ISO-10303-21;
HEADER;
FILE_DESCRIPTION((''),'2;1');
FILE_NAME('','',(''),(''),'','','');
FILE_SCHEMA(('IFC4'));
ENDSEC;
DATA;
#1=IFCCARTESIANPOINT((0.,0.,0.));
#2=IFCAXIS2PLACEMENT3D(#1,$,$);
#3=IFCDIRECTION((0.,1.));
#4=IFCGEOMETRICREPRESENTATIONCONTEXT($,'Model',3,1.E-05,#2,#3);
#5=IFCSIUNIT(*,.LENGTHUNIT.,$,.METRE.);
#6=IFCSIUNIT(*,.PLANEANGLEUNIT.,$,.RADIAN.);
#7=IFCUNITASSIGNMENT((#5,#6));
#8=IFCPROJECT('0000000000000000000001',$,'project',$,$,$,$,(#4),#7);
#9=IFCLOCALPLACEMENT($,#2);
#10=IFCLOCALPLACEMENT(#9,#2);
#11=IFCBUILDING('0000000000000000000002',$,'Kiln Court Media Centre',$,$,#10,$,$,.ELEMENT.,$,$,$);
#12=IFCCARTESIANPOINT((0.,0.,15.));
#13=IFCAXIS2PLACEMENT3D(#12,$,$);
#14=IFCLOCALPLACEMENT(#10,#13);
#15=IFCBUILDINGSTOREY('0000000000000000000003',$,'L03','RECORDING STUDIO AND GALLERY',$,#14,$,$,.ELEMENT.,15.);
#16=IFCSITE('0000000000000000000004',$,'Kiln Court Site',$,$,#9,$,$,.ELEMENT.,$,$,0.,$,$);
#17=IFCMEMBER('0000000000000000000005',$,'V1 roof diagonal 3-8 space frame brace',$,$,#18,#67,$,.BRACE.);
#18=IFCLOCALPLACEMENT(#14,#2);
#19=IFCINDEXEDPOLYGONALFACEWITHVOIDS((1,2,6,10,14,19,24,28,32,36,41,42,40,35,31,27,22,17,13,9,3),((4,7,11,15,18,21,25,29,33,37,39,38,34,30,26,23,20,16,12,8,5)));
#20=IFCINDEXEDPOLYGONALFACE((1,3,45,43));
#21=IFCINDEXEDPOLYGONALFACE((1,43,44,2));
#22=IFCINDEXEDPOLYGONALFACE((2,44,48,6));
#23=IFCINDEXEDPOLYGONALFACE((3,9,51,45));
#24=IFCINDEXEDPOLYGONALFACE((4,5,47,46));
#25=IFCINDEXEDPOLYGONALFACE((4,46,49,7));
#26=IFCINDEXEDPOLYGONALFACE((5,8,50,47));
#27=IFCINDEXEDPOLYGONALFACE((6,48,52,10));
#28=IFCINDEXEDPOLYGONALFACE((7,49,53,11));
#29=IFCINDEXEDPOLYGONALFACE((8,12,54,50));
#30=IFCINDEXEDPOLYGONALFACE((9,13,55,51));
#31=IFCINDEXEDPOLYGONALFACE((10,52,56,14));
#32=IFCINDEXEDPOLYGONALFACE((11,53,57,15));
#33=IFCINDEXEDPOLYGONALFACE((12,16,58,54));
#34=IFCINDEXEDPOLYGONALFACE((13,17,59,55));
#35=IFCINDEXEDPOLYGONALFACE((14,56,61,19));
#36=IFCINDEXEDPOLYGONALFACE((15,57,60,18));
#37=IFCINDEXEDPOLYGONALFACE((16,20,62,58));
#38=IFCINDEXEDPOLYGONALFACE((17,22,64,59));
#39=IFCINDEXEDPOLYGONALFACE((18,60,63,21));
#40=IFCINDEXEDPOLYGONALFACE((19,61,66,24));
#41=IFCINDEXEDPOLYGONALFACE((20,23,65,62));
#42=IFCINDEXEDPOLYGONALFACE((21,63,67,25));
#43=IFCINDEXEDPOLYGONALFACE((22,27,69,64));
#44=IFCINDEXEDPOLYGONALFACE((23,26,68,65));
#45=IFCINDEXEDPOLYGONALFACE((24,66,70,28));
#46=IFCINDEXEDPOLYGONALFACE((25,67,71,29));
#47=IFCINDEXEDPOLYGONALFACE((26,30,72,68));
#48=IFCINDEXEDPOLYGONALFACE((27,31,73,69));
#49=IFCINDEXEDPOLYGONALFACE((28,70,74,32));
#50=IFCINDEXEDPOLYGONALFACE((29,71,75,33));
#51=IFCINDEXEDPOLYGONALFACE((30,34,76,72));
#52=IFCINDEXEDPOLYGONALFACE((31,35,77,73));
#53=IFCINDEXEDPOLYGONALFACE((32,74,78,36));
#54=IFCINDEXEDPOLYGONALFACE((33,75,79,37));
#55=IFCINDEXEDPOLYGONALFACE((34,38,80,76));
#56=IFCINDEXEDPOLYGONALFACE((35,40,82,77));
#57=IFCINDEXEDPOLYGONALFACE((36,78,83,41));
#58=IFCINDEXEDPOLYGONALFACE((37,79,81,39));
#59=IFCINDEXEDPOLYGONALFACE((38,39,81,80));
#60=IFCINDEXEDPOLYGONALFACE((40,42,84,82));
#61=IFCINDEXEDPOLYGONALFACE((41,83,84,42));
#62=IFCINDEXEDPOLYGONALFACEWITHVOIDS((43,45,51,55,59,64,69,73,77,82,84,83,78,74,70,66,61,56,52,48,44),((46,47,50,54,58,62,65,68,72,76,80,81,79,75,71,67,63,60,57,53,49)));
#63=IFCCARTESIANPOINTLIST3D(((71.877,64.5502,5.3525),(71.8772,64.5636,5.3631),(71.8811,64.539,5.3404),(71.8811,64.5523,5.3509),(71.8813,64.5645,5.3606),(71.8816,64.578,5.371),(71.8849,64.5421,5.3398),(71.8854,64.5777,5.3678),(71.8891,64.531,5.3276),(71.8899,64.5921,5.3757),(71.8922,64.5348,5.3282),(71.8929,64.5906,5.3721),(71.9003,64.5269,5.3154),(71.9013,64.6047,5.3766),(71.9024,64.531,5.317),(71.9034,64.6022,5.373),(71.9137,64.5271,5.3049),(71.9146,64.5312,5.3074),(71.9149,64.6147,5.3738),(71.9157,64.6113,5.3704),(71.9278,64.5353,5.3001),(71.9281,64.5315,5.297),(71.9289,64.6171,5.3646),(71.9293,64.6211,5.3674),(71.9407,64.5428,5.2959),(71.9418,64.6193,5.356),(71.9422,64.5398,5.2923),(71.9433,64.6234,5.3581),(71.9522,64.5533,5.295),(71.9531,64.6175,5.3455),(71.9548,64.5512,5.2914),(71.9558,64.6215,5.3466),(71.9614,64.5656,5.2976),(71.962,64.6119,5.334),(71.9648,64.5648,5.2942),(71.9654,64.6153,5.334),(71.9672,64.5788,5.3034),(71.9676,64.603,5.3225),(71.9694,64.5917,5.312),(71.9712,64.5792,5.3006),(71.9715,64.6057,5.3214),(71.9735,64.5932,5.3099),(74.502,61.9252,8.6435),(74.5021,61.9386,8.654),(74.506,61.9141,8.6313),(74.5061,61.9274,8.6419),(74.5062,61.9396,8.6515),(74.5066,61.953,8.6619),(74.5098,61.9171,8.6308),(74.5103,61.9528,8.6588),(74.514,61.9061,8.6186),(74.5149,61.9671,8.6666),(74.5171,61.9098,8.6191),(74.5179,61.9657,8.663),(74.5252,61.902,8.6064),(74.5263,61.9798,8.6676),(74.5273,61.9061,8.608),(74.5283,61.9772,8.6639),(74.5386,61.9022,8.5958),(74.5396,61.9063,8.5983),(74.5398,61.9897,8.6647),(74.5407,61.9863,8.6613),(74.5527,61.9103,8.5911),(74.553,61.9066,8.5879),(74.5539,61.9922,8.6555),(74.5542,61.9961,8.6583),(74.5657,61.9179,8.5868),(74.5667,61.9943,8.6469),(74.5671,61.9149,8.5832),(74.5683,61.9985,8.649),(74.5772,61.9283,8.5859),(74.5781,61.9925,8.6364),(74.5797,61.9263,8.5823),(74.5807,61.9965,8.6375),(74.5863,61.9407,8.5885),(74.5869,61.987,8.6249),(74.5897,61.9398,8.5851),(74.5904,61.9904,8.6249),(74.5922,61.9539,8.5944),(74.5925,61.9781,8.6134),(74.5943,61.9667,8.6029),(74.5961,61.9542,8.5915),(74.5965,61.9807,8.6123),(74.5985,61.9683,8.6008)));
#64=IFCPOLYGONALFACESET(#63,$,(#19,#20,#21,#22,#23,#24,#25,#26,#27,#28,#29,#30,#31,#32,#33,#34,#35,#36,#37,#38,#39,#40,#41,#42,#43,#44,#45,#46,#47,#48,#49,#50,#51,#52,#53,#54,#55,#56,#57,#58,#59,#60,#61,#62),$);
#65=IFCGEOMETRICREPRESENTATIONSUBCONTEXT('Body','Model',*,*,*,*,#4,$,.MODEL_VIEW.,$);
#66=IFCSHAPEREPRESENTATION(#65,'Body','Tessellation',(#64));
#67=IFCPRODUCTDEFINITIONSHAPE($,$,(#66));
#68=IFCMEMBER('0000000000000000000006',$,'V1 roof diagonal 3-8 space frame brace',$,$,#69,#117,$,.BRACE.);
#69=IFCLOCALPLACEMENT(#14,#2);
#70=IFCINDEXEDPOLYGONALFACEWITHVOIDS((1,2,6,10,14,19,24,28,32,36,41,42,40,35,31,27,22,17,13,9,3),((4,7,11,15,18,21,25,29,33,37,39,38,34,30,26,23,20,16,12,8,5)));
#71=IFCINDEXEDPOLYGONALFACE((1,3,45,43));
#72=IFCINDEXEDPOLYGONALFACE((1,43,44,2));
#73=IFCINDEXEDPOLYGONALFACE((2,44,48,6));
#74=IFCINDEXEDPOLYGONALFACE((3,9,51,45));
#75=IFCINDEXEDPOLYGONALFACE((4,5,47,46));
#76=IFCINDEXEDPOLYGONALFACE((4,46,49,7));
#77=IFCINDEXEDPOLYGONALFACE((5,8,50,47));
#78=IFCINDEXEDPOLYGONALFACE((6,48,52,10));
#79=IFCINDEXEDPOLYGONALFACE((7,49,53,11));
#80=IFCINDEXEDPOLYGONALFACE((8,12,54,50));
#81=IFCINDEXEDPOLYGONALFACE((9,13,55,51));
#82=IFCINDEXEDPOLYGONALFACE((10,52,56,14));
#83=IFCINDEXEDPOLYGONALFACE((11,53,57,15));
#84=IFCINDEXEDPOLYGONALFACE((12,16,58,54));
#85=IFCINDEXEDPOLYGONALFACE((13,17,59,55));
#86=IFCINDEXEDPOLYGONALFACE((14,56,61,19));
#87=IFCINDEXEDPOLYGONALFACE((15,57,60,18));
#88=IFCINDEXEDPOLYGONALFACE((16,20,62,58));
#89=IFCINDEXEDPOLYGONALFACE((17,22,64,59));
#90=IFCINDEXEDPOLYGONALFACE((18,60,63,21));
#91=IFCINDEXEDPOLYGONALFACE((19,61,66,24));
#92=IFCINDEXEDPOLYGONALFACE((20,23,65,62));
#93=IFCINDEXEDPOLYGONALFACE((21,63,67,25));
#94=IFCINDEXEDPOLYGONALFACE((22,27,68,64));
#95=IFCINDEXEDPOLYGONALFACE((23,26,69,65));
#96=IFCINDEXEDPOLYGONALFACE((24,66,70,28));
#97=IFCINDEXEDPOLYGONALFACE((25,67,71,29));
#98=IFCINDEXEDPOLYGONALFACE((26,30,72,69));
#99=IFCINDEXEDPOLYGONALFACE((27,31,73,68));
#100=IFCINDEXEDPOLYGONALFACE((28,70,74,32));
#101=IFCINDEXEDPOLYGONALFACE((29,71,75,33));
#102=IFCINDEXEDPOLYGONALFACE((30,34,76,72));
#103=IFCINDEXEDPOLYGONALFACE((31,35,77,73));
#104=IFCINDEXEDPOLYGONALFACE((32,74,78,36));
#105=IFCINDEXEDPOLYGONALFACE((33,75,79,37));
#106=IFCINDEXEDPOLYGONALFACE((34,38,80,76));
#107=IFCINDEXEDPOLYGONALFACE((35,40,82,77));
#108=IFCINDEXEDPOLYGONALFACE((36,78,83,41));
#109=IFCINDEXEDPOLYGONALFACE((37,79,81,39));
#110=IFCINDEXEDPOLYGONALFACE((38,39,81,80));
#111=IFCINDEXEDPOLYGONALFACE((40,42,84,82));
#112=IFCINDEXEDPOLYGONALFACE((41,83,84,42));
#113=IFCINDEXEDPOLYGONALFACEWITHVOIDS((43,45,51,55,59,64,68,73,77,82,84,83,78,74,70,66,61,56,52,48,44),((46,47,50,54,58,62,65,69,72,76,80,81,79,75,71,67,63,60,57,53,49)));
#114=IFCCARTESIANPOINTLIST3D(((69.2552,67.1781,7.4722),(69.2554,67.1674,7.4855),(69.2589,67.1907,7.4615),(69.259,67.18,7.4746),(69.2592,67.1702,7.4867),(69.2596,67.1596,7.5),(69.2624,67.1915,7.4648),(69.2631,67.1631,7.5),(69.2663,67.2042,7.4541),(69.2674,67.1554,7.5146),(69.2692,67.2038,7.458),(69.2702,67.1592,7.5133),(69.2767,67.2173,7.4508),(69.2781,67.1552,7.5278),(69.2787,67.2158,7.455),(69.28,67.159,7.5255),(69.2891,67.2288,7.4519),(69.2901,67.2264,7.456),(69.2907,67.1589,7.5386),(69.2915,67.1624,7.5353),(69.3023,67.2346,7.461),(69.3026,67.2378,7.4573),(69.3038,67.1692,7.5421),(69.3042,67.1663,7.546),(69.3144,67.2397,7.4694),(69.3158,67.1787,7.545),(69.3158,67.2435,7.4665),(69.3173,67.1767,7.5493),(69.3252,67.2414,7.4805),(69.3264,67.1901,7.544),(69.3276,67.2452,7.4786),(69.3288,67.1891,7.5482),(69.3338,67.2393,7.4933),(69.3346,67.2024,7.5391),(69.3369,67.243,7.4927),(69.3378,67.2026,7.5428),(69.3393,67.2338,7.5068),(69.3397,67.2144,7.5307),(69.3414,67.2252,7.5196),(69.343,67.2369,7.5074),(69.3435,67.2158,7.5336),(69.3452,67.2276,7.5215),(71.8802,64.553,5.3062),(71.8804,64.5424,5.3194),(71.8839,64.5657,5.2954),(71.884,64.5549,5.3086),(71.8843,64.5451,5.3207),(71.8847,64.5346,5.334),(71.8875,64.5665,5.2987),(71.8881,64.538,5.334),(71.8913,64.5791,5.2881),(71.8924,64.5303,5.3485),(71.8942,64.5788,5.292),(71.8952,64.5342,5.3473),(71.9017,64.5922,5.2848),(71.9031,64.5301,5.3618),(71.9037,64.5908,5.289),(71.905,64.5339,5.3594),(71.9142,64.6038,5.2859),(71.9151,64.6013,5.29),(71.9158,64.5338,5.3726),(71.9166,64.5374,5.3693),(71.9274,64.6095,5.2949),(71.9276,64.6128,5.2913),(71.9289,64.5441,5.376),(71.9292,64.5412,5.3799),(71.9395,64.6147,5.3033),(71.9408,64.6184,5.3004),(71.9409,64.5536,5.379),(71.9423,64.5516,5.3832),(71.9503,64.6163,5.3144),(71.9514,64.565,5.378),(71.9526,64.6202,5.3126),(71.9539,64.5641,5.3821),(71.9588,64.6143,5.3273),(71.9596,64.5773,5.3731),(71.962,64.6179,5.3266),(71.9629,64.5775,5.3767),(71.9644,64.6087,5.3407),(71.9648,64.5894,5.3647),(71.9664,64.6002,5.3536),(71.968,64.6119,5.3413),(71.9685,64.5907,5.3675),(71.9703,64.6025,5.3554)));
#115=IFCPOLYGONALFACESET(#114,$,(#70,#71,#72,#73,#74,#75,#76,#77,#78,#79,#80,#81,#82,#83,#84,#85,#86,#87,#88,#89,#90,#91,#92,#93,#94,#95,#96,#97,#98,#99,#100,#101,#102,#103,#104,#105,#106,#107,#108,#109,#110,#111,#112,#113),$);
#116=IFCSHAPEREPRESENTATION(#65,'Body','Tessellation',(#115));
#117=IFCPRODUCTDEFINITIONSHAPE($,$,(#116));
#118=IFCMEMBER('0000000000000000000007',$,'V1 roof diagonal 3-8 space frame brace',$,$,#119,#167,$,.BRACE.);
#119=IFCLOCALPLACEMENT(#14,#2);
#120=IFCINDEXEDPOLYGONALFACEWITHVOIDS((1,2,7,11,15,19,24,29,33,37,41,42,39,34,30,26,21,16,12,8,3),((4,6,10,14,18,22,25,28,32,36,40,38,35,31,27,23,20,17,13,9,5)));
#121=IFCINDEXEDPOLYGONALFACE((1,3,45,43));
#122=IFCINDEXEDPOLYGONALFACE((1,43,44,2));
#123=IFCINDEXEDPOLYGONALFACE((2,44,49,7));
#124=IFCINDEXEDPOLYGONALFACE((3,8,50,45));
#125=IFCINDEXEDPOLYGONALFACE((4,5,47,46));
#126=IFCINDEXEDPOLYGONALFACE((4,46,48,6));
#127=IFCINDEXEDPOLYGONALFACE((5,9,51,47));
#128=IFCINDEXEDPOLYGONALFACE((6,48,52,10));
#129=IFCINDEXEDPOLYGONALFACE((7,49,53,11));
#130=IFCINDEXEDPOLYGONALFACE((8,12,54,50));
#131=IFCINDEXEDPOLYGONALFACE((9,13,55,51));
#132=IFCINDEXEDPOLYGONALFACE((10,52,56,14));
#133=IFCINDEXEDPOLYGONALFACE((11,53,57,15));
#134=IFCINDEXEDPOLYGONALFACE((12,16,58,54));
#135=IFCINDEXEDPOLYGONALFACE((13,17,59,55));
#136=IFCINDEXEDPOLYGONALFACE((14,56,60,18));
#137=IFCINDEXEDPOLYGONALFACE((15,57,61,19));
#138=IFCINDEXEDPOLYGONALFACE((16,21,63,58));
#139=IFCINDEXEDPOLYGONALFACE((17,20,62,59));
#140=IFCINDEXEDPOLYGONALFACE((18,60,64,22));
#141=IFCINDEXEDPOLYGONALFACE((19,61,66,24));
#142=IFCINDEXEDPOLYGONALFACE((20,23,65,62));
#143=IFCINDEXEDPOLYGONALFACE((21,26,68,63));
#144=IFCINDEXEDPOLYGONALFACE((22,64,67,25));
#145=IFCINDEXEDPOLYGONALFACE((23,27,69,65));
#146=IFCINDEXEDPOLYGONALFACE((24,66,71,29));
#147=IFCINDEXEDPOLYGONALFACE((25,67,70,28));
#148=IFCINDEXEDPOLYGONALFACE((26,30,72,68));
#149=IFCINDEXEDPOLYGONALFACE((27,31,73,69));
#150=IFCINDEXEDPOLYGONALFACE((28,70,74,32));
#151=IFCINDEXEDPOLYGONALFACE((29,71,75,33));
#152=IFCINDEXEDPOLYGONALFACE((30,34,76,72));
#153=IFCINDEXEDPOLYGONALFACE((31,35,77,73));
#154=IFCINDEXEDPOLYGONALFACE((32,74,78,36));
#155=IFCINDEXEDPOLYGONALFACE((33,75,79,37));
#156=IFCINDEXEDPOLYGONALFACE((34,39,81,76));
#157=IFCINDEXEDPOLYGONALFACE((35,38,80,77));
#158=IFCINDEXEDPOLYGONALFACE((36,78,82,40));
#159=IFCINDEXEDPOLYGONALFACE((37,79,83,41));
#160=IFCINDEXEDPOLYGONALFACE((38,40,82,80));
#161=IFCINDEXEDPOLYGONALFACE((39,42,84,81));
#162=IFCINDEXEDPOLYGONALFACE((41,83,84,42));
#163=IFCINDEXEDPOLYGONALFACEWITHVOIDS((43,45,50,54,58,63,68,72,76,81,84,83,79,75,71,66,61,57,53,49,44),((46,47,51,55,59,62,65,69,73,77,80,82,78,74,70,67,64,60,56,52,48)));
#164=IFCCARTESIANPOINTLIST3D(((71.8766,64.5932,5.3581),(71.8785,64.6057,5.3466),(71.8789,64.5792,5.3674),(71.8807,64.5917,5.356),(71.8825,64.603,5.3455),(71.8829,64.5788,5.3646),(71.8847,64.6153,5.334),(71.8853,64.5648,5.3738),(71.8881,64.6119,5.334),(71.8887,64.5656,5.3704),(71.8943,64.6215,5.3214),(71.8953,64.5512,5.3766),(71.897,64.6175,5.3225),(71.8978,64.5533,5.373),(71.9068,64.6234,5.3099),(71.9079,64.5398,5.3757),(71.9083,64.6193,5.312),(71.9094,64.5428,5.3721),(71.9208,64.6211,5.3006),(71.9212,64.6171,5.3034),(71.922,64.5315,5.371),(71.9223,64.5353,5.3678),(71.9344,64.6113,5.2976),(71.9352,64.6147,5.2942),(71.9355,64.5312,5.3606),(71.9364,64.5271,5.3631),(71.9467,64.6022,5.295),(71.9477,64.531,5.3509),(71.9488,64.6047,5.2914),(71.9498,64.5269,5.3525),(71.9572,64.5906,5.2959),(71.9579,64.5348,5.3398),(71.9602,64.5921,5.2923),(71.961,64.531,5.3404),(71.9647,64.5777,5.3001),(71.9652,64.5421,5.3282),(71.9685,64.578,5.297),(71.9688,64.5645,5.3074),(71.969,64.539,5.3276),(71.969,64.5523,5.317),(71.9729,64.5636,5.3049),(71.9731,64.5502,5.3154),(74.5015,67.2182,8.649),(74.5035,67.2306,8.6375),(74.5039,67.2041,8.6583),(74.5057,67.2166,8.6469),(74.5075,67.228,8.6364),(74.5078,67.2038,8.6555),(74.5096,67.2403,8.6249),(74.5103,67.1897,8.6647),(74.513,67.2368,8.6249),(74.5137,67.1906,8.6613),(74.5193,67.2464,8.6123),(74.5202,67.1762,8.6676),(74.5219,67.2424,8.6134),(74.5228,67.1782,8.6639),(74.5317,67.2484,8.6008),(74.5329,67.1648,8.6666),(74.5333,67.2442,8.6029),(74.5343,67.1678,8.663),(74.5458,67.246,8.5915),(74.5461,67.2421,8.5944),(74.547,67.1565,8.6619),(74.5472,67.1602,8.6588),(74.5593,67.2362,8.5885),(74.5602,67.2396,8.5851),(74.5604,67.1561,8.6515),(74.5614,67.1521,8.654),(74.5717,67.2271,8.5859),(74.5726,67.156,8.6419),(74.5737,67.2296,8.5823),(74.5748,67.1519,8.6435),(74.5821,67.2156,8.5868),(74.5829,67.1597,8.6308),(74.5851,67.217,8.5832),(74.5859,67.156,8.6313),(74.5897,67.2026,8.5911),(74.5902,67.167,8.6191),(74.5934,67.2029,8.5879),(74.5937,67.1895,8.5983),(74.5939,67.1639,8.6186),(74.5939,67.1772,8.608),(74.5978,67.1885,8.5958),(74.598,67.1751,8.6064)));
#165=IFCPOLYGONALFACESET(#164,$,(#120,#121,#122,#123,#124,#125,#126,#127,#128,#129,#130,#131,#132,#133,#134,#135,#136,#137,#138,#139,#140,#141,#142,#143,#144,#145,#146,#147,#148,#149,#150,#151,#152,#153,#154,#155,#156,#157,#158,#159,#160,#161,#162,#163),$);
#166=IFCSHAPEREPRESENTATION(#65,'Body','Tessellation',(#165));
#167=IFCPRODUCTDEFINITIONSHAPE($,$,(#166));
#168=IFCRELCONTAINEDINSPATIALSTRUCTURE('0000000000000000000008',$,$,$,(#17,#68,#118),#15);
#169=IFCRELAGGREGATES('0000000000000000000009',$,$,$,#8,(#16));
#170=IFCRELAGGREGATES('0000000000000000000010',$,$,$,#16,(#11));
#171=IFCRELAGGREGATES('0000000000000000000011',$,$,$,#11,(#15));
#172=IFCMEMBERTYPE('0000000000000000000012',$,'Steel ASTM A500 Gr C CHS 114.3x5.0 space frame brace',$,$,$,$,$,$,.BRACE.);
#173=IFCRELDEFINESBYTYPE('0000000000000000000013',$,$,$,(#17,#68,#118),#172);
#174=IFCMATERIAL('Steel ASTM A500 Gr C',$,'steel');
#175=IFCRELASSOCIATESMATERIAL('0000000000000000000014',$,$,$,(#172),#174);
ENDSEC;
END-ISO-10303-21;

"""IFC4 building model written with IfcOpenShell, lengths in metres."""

from ifc_helpers import new_model, si_unit, direction, frame, origin, origin_2d, place, context, subcontext, project, spatial, hollow_circle, extrude, material, material_profile, profile_set, type_object, element, save


model = new_model("IFC4")

# Units and contexts
model_context = context("Model", 3, precision=1e-05, world=origin(), true_north=direction((0.0, 1.0)))
body_context = subcontext(model_context, "Body", "Model", "MODEL_VIEW")
ifc_project = project(units=[si_unit("LENGTHUNIT", "METRE"), si_unit("PLANEANGLEUNIT", "RADIAN")], contexts=[model_context])

# Site, building, storey
site_placement = place(None, origin())
site = spatial("IfcSite", under=ifc_project, at=site_placement, Name="Kiln Court Site", CompositionType="ELEMENT", RefElevation=0.0)
building_placement = place(site_placement, origin())
building = spatial("IfcBuilding", under=site, at=building_placement, Name="Kiln Court Media Centre", CompositionType="ELEMENT")
storey_placement = place(building_placement, frame((0.0, 0.0, 15.0)))
storey = spatial("IfcBuildingStorey", under=building, at=storey_placement, Name="L03", Description="RECORDING STUDIO AND GALLERY", CompositionType="ELEMENT", Elevation=15.0)

# Members
ifc_material_1 = material(Name="Steel ASTM A500 Gr C", Category="steel")
ifc_material_profile_1 = material_profile(ifc_material_1, hollow_circle(Radius=0.0571, WallThickness=0.0049, at=origin_2d()), Name="CHS 114.3x5.0")
ifc_profile_set_1 = profile_set([ifc_material_profile_1], Name="Steel ASTM A500 Gr C")
member_type_1 = type_object("IfcMemberType", Name="Steel ASTM A500 Gr C CHS 114.3x5.0 space frame brace", PredefinedType="BRACE", material=ifc_profile_set_1)
member_1_placement = place(storey_placement, frame((71.925, 64.575, 5.334), z_axis=(0.529122, -0.529122, 0.663371), x_axis=(0.707107, 0.707107, 0.0)))
element("IfcMember", 1, at=member_1_placement, inside=storey, type_object=member_type_1, Name="V1 roof diagonal 3-8 space frame brace", PredefinedType="BRACE", context=body_context, shape_type="SweptSolid", body=[
    extrude(hollow_circle(Radius=0.0571, WallThickness=0.0049, at=origin_2d()), origin(), (0.0, 0.0, 1.0), 4.9609),
])
member_2_placement = place(storey_placement, frame((71.925, 64.575, 5.334), z_axis=(-0.610748, 0.610748, 0.503958), x_axis=(-0.707107, -0.707107, 0.0)))
element("IfcMember", 2, at=member_2_placement, inside=storey, type_object=member_type_1, Name="V1 roof diagonal 3-8 space frame brace", PredefinedType="BRACE", context=body_context, shape_type="SweptSolid", body=[
    extrude(hollow_circle(Radius=0.0571, WallThickness=0.0049, at=origin_2d()), origin(), (0.0, 0.0, 1.0), 4.2981),
])
member_3_placement = place(storey_placement, frame((71.925, 64.575, 5.334), z_axis=(0.529122, 0.529122, 0.663371), x_axis=(-0.707107, 0.707107, 0.0)))
element("IfcMember", 3, at=member_3_placement, inside=storey, type_object=member_type_1, Name="V1 roof diagonal 3-8 space frame brace", PredefinedType="BRACE", context=body_context, shape_type="SweptSolid", body=[
    extrude(hollow_circle(Radius=0.0571, WallThickness=0.0049, at=origin_2d()), origin(), (0.0, 0.0, 1.0), 4.9609),
])

save(model, "model.ifc")
